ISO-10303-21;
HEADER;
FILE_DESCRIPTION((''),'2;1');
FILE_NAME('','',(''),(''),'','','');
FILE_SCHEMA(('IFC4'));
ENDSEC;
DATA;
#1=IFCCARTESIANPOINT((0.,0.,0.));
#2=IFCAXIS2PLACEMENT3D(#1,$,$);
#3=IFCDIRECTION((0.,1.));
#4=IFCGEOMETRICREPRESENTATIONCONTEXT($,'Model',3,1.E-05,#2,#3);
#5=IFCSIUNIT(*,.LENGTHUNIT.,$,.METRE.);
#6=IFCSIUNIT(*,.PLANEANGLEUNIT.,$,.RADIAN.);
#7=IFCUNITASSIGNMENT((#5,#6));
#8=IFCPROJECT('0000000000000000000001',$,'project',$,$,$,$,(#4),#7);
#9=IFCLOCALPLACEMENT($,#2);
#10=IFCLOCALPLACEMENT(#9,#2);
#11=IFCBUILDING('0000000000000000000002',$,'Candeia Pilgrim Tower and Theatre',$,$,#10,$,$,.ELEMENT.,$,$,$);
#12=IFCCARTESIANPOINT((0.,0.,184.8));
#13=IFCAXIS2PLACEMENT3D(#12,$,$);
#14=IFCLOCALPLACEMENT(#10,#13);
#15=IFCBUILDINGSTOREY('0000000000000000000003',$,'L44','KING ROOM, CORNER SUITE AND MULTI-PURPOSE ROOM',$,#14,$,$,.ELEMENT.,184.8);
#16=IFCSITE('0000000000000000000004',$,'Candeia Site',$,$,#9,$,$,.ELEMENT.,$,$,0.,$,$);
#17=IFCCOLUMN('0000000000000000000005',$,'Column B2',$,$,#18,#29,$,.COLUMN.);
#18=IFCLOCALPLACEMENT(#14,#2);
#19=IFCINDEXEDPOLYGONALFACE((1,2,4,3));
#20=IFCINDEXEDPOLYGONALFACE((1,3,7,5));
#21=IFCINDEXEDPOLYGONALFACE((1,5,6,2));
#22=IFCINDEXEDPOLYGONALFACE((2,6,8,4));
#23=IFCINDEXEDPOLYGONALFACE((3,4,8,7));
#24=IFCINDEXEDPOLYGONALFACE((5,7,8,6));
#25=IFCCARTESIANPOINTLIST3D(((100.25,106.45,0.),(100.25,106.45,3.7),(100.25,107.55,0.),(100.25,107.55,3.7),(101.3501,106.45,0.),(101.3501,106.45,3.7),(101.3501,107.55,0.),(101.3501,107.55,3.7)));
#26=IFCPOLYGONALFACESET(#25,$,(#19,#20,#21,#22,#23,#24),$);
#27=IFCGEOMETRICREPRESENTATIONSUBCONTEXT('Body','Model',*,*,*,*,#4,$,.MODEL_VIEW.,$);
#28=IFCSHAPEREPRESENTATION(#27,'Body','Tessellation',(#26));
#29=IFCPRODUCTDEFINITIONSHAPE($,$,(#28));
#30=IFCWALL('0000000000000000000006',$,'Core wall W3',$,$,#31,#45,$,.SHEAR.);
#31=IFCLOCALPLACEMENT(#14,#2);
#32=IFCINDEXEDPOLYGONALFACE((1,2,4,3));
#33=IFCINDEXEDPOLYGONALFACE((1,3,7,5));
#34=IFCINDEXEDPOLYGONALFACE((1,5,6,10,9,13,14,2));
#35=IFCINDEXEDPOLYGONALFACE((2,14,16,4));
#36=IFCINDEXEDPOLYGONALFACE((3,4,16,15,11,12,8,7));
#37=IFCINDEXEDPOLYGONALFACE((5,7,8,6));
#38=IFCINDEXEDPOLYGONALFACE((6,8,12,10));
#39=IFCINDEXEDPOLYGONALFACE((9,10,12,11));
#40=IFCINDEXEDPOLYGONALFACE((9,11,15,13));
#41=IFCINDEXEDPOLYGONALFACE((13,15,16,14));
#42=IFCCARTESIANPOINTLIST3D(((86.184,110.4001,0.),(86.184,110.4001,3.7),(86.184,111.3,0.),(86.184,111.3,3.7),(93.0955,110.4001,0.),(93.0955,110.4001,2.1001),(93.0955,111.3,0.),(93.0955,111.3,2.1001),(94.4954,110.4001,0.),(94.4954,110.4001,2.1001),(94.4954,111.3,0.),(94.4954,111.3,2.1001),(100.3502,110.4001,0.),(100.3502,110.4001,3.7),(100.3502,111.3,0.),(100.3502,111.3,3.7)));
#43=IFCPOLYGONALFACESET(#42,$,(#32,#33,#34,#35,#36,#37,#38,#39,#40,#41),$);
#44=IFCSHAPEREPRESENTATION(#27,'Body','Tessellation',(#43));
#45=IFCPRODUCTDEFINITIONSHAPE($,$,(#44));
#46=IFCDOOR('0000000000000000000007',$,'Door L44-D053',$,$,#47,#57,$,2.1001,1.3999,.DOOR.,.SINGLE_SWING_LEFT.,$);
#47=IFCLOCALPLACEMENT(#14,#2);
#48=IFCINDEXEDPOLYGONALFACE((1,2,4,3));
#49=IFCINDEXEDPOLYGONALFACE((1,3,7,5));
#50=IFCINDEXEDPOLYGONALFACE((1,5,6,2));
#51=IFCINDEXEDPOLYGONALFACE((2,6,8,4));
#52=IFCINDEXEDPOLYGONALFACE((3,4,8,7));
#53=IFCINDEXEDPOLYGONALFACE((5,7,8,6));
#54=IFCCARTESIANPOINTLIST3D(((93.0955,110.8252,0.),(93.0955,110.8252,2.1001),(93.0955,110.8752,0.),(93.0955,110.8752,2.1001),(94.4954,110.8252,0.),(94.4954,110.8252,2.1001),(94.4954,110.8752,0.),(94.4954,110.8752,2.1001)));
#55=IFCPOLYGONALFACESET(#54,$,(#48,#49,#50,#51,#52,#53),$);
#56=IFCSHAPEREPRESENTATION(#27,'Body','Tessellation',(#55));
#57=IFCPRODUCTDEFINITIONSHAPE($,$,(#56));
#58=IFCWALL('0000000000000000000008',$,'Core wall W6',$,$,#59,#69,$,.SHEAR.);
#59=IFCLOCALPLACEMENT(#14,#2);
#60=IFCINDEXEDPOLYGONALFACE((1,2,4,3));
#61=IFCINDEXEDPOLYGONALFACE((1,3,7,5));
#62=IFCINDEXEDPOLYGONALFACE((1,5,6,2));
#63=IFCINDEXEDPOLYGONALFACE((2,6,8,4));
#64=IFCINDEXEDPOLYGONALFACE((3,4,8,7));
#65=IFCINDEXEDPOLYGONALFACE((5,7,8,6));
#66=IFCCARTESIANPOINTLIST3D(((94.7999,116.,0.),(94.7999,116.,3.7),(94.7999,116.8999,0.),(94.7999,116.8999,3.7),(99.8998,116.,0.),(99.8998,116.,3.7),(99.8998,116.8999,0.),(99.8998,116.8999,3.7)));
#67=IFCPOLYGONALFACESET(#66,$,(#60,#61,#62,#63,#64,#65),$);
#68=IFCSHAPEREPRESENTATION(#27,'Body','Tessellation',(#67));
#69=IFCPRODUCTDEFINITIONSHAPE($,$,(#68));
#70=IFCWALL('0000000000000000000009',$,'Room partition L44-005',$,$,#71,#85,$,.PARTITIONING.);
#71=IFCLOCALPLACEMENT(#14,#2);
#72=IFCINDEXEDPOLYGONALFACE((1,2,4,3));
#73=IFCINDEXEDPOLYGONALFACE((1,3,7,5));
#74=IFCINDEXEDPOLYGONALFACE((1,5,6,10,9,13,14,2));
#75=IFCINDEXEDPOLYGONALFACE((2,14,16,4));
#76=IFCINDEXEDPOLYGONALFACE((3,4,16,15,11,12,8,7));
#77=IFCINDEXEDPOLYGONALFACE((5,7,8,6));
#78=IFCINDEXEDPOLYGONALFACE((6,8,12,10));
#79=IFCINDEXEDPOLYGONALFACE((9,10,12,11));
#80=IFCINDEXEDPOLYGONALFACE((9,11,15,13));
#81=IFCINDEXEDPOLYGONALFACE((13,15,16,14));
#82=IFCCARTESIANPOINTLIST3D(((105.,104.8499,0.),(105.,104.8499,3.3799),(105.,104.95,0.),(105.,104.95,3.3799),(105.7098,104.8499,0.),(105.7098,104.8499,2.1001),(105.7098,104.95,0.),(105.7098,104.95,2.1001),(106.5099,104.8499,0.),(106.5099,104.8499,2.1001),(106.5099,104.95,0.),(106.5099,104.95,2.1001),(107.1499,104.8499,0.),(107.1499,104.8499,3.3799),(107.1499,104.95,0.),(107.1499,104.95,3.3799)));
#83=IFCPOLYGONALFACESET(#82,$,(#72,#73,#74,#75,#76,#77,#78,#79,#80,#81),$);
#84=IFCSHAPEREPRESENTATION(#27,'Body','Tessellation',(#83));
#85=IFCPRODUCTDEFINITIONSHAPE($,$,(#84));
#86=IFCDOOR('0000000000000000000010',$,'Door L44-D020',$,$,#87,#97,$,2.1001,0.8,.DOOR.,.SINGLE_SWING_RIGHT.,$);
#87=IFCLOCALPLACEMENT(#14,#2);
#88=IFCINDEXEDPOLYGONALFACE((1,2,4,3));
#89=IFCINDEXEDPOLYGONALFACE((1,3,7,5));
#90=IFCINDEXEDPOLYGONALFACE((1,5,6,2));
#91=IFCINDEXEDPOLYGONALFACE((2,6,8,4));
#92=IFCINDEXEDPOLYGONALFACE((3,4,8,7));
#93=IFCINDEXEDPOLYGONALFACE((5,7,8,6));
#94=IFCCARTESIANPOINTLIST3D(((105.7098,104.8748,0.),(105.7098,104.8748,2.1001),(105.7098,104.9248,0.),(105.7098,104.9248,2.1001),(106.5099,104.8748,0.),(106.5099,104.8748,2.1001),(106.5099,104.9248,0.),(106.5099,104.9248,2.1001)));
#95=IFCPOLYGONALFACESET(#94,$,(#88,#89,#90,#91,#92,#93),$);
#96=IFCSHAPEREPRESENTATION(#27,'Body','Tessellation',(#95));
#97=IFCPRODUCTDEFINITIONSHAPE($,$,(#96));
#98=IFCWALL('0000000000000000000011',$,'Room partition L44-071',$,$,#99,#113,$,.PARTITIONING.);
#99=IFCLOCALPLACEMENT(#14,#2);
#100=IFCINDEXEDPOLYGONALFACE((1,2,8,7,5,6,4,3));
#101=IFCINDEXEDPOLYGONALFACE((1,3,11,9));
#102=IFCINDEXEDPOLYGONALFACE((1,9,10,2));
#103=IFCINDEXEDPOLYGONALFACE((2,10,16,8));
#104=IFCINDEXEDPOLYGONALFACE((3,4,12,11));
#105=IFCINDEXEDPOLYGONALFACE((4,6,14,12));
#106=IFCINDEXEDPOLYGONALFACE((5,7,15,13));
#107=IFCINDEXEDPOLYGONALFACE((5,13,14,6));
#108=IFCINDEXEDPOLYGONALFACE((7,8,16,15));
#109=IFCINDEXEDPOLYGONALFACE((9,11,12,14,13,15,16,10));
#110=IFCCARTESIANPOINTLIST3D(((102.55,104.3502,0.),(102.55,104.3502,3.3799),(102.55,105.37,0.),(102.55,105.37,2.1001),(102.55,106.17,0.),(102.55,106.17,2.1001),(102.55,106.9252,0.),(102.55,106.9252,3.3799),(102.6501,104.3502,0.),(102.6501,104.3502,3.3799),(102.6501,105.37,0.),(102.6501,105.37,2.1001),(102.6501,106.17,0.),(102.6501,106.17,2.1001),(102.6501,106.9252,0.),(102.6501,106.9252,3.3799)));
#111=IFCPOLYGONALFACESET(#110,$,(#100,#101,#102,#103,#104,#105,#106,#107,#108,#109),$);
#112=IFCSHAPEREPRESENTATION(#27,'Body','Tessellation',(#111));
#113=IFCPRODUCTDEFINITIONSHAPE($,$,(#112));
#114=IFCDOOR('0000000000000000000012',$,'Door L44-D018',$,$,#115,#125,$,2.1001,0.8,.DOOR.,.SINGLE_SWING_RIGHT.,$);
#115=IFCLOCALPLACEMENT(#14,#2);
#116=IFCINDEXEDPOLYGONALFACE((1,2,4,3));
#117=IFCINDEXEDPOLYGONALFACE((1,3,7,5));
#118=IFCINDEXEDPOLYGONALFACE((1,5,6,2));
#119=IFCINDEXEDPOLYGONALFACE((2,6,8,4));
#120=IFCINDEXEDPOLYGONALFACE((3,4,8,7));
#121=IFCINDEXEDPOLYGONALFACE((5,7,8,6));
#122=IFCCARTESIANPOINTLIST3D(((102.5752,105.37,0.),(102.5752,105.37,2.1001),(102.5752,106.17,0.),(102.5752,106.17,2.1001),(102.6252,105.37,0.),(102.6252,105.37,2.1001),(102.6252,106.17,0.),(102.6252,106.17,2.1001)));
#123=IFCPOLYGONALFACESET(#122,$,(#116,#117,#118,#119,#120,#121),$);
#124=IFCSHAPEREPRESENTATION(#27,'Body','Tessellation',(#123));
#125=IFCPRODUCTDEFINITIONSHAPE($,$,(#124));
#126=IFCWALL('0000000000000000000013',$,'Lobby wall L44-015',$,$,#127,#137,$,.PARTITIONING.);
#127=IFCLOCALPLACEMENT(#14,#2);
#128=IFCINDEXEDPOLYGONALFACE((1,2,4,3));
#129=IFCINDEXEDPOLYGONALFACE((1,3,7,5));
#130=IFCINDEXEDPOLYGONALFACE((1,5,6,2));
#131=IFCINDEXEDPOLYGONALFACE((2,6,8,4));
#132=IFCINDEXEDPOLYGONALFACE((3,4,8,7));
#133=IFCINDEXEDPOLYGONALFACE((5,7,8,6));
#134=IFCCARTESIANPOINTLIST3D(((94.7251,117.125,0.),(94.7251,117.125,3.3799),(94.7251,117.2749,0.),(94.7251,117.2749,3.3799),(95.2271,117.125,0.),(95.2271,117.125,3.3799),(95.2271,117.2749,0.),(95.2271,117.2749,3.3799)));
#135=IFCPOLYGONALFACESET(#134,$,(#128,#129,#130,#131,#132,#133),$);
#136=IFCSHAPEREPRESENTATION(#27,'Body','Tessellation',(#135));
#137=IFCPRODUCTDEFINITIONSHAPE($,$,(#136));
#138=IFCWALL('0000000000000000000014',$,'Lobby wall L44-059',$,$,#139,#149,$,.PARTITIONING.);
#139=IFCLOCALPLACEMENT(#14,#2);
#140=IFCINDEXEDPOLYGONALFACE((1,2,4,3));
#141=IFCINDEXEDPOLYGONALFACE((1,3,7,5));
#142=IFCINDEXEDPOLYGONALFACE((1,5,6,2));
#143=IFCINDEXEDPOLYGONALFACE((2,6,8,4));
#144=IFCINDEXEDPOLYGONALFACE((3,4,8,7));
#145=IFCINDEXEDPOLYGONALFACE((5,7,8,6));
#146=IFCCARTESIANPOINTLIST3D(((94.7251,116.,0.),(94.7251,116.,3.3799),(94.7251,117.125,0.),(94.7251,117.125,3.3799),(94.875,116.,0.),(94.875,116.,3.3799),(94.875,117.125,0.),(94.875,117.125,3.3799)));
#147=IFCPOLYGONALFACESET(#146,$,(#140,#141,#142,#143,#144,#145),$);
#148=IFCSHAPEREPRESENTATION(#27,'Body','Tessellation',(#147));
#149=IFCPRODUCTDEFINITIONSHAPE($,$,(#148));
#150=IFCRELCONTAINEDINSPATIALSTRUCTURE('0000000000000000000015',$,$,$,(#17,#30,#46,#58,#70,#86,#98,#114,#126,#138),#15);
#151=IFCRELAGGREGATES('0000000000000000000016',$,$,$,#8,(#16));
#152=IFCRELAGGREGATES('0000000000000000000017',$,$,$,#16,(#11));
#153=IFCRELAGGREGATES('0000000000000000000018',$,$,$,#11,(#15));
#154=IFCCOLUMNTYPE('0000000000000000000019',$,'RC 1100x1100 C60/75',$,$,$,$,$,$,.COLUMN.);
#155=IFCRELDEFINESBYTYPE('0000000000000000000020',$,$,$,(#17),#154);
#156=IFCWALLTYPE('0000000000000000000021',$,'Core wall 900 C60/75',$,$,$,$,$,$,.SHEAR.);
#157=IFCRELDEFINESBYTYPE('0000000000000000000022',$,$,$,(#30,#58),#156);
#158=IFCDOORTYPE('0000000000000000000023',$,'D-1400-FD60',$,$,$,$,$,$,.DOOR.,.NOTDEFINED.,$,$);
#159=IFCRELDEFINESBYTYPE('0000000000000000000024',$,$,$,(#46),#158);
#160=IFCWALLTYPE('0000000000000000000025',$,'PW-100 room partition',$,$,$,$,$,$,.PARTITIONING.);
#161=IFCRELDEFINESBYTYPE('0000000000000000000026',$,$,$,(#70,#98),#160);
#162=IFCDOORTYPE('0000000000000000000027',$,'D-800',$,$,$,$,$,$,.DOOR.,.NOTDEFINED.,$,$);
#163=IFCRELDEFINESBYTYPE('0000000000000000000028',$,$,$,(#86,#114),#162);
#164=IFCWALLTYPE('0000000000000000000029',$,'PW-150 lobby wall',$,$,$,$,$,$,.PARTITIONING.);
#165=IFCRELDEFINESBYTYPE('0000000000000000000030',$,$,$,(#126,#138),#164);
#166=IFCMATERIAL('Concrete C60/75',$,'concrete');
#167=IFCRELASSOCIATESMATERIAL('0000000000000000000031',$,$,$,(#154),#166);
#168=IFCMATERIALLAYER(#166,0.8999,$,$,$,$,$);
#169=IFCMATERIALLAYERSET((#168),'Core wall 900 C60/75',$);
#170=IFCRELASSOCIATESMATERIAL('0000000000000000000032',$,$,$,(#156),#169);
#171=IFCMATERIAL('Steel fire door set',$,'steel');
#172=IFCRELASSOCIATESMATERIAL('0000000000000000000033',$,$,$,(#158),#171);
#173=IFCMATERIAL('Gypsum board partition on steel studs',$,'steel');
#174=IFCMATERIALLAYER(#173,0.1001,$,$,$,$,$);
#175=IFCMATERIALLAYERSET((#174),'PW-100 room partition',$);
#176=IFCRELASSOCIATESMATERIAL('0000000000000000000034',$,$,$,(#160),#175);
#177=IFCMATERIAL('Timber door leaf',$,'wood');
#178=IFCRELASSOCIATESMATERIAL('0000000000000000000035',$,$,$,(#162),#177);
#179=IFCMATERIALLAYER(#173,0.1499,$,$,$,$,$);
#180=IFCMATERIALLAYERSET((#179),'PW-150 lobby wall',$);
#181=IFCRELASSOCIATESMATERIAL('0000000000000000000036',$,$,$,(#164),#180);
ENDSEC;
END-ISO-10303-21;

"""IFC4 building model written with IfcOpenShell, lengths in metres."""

from ifc_helpers import new_model, si_unit, direction, frame, frame_2d, origin, origin_2d, place, context, subcontext, project, spatial, rectangle, extrude, material, layer, layer_set, material_profile, profile_set, type_object, element, fill, save


model = new_model("IFC4")

# Units and contexts
model_context = context("Model", 3, precision=1e-05, world=origin(), true_north=direction((0.0, 1.0)))
body_context = subcontext(model_context, "Body", "Model", "MODEL_VIEW")
ifc_project = project(units=[si_unit("LENGTHUNIT", "METRE"), si_unit("PLANEANGLEUNIT", "RADIAN")], contexts=[model_context])

# Site, building, storey
site_placement = place(None, origin())
site = spatial("IfcSite", under=ifc_project, at=site_placement, Name="Candeia Site", CompositionType="ELEMENT", RefElevation=0.0)
building_placement = place(site_placement, origin())
building = spatial("IfcBuilding", under=site, at=building_placement, Name="Candeia Pilgrim Tower and Theatre", CompositionType="ELEMENT")
storey_placement = place(building_placement, frame((0.0, 0.0, 184.8)))
storey = spatial("IfcBuildingStorey", under=building, at=storey_placement, Name="L44", Description="KING ROOM, CORNER SUITE AND MULTI-PURPOSE ROOM", CompositionType="ELEMENT", Elevation=184.8)

# Column
ifc_material_1 = material(Name="Concrete C60/75", Category="concrete")
ifc_material_profile = material_profile(ifc_material_1, rectangle(XDim=1.1001, YDim=1.1001, at=origin_2d()))
ifc_profile_set = profile_set([ifc_material_profile], Name="Concrete C60/75")
column_type = type_object("IfcColumnType", Name="RC 1100x1100 C60/75", PredefinedType="COLUMN", material=ifc_profile_set)
column_placement = place(storey_placement, frame((100.8, 107.0, 0.0), z_axis=(0.0, 0.0, 1.0), x_axis=(1.0, 0.0, 0.0)))
element("IfcColumn", 1, at=column_placement, inside=storey, type_object=column_type, Name="Column B2", PredefinedType="COLUMN", context=body_context, shape_type="SweptSolid", body=[
    extrude(rectangle(XDim=1.1001, YDim=1.1001, at=origin_2d()), origin(), (0.0, 0.0, 1.0), 3.7),
])

# Wall, opening, door
ifc_layer_1 = layer(ifc_material_1, 0.8999)
ifc_layer_set_1 = layer_set([ifc_layer_1], Name="Core wall 900 C60/75")
wall_type_1 = type_object("IfcWallType", Name="Core wall 900 C60/75", PredefinedType="SHEAR", material=ifc_layer_set_1)
wall_1_placement = place(storey_placement, frame((100.3501, 110.8501, 0.0), z_axis=(0.0, 0.0, 1.0), x_axis=(-1.0, 0.0, 0.0)))
wall_1 = element("IfcWall", 2, at=wall_1_placement, inside=storey, type_object=wall_type_1, Name="Core wall W3", PredefinedType="SHEAR", context=body_context, shape_type="SweptSolid", body=[
    extrude(rectangle(XDim=14.1663, YDim=0.8999, at=frame_2d((7.083, 0.0))), origin(), (0.0, 0.0, 1.0), 3.7),
])
opening_1_placement = place(wall_1_placement, frame((5.8547, 0.0, 0.0)))
opening_1 = element("IfcOpeningElement", 3, at=opening_1_placement, cuts=wall_1, PredefinedType="OPENING", context=body_context, shape_type="SweptSolid", body=[
    extrude(rectangle(XDim=1.3999, YDim=2.1001, at=frame_2d((0.7, 1.05))), frame((0.0, 0.46, 0.0), z_axis=(0.0, -1.0, 0.0), x_axis=(1.0, 0.0, 0.0)), (0.0, 0.0, 1.0), 0.9199),
])
ifc_material_2 = material(Name="Steel fire door set", Category="steel")
door_type_1 = type_object("IfcDoorType", Name="D-1400-FD60", OperationType="NOTDEFINED", PredefinedType="DOOR", material=ifc_material_2)
door_1_placement = place(opening_1_placement, origin())
door_1 = element("IfcDoor", 4, at=door_1_placement, inside=storey, type_object=door_type_1, Name="Door L44-D053", OperationType="SINGLE_SWING_LEFT", OverallHeight=2.1001, OverallWidth=1.3999, PredefinedType="DOOR", context=body_context, shape_type="SweptSolid", body=[
    extrude(rectangle(XDim=1.3999, YDim=2.1001, at=frame_2d((0.7, 1.05))), frame((0.0, 0.0249, 0.0), z_axis=(0.0, -1.0, 0.0), x_axis=(1.0, 0.0, 0.0)), (0.0, 0.0, 1.0), 0.05),
])
fill(opening_1, door_1)

# Wall
wall_2_placement = place(storey_placement, frame((94.8, 116.45, 0.0), z_axis=(0.0, 0.0, 1.0), x_axis=(1.0, 0.0, 0.0)))
element("IfcWall", 5, at=wall_2_placement, inside=storey, type_object=wall_type_1, Name="Core wall W6", PredefinedType="SHEAR", context=body_context, shape_type="SweptSolid", body=[
    extrude(rectangle(XDim=5.0999, YDim=0.8999, at=frame_2d((2.5498, 0.0))), origin(), (0.0, 0.0, 1.0), 3.7),
])

# Walls, openings, doors
ifc_material_3 = material(Name="Gypsum board partition on steel studs", Category="steel")
ifc_layer_2 = layer(ifc_material_3, 0.1001)
ifc_layer_set_2 = layer_set([ifc_layer_2], Name="PW-100 room partition")
wall_type_2 = type_object("IfcWallType", Name="PW-100 room partition", PredefinedType="PARTITIONING", material=ifc_layer_set_2)
wall_3_placement = place(storey_placement, frame((105.0, 104.8999, 0.0), z_axis=(0.0, 0.0, 1.0), x_axis=(1.0, 0.0, 0.0)))
wall_3 = element("IfcWall", 6, at=wall_3_placement, inside=storey, type_object=wall_type_2, Name="Room partition L44-005", PredefinedType="PARTITIONING", context=body_context, shape_type="SweptSolid", body=[
    extrude(rectangle(XDim=2.1499, YDim=0.1001, at=frame_2d((1.075, 0.0))), origin(), (0.0, 0.0, 1.0), 3.3799),
])
opening_2_placement = place(wall_3_placement, frame((0.71, 0.0, 0.0)))
opening_2 = element("IfcOpeningElement", 7, at=opening_2_placement, cuts=wall_3, PredefinedType="OPENING", context=body_context, shape_type="SweptSolid", body=[
    extrude(rectangle(XDim=0.8, YDim=2.1001, at=frame_2d((0.3999, 1.05))), frame((0.0, 0.0601, 0.0), z_axis=(0.0, -1.0, 0.0), x_axis=(1.0, 0.0, 0.0)), (0.0, 0.0, 1.0), 0.1201),
])
ifc_material_4 = material(Name="Timber door leaf", Category="wood")
door_type_2 = type_object("IfcDoorType", Name="D-800", OperationType="NOTDEFINED", PredefinedType="DOOR", material=ifc_material_4)
door_2_placement = place(opening_2_placement, origin())
door_2 = element("IfcDoor", 8, at=door_2_placement, inside=storey, type_object=door_type_2, Name="Door L44-D020", OperationType="SINGLE_SWING_RIGHT", OverallHeight=2.1001, OverallWidth=0.8, PredefinedType="DOOR", context=body_context, shape_type="SweptSolid", body=[
    extrude(rectangle(XDim=0.8, YDim=2.1001, at=frame_2d((0.3999, 1.05))), frame((0.0, 0.0249, 0.0), z_axis=(0.0, -1.0, 0.0), x_axis=(1.0, 0.0, 0.0)), (0.0, 0.0, 1.0), 0.05),
])
fill(opening_2, door_2)
wall_4_placement = place(storey_placement, frame((102.6001, 104.3501, 0.0), z_axis=(0.0, 0.0, 1.0), x_axis=(0.0, 1.0, 0.0)))
wall_4 = element("IfcWall", 9, at=wall_4_placement, inside=storey, type_object=wall_type_2, Name="Room partition L44-071", PredefinedType="PARTITIONING", context=body_context, shape_type="SweptSolid", body=[
    extrude(rectangle(XDim=2.575, YDim=0.1001, at=frame_2d((1.2876, 0.0))), origin(), (0.0, 0.0, 1.0), 3.3799),
])
opening_3_placement = place(wall_4_placement, frame((1.02, 0.0, 0.0)))
opening_3 = element("IfcOpeningElement", 10, at=opening_3_placement, cuts=wall_4, PredefinedType="OPENING", context=body_context, shape_type="SweptSolid", body=[
    extrude(rectangle(XDim=0.8, YDim=2.1001, at=frame_2d((0.3999, 1.05))), frame((0.0, 0.0601, 0.0), z_axis=(0.0, -1.0, 0.0), x_axis=(1.0, 0.0, 0.0)), (0.0, 0.0, 1.0), 0.1201),
])
door_3_placement = place(opening_3_placement, origin())
door_3 = element("IfcDoor", 11, at=door_3_placement, inside=storey, type_object=door_type_2, Name="Door L44-D018", OperationType="SINGLE_SWING_RIGHT", OverallHeight=2.1001, OverallWidth=0.8, PredefinedType="DOOR", context=body_context, shape_type="SweptSolid", body=[
    extrude(rectangle(XDim=0.8, YDim=2.1001, at=frame_2d((0.3999, 1.05))), frame((0.0, 0.0249, 0.0), z_axis=(0.0, -1.0, 0.0), x_axis=(1.0, 0.0, 0.0)), (0.0, 0.0, 1.0), 0.05),
])
fill(opening_3, door_3)

# Walls
ifc_layer_3 = layer(ifc_material_3, 0.1499)
ifc_layer_set_3 = layer_set([ifc_layer_3], Name="PW-150 lobby wall")
wall_type_3 = type_object("IfcWallType", Name="PW-150 lobby wall", PredefinedType="PARTITIONING", material=ifc_layer_set_3)
wall_5_placement = place(storey_placement, frame((94.7251, 117.2, 0.0), z_axis=(0.0, 0.0, 1.0), x_axis=(1.0, 0.0, 0.0)))
element("IfcWall", 12, at=wall_5_placement, inside=storey, type_object=wall_type_3, Name="Lobby wall L44-015", PredefinedType="PARTITIONING", context=body_context, shape_type="SweptSolid", body=[
    extrude(rectangle(XDim=0.502, YDim=0.1499, at=frame_2d((0.251, 0.0))), origin(), (0.0, 0.0, 1.0), 3.3799),
])
wall_6_placement = place(storey_placement, frame((94.8, 116.0, 0.0), z_axis=(0.0, 0.0, 1.0), x_axis=(0.0, 1.0, 0.0)))
element("IfcWall", 13, at=wall_6_placement, inside=storey, type_object=wall_type_3, Name="Lobby wall L44-059", PredefinedType="PARTITIONING", context=body_context, shape_type="SweptSolid", body=[
    extrude(rectangle(XDim=1.125, YDim=0.1499, at=frame_2d((0.5625, 0.0))), origin(), (0.0, 0.0, 1.0), 3.3799),
])

save(model, "model.ifc")
